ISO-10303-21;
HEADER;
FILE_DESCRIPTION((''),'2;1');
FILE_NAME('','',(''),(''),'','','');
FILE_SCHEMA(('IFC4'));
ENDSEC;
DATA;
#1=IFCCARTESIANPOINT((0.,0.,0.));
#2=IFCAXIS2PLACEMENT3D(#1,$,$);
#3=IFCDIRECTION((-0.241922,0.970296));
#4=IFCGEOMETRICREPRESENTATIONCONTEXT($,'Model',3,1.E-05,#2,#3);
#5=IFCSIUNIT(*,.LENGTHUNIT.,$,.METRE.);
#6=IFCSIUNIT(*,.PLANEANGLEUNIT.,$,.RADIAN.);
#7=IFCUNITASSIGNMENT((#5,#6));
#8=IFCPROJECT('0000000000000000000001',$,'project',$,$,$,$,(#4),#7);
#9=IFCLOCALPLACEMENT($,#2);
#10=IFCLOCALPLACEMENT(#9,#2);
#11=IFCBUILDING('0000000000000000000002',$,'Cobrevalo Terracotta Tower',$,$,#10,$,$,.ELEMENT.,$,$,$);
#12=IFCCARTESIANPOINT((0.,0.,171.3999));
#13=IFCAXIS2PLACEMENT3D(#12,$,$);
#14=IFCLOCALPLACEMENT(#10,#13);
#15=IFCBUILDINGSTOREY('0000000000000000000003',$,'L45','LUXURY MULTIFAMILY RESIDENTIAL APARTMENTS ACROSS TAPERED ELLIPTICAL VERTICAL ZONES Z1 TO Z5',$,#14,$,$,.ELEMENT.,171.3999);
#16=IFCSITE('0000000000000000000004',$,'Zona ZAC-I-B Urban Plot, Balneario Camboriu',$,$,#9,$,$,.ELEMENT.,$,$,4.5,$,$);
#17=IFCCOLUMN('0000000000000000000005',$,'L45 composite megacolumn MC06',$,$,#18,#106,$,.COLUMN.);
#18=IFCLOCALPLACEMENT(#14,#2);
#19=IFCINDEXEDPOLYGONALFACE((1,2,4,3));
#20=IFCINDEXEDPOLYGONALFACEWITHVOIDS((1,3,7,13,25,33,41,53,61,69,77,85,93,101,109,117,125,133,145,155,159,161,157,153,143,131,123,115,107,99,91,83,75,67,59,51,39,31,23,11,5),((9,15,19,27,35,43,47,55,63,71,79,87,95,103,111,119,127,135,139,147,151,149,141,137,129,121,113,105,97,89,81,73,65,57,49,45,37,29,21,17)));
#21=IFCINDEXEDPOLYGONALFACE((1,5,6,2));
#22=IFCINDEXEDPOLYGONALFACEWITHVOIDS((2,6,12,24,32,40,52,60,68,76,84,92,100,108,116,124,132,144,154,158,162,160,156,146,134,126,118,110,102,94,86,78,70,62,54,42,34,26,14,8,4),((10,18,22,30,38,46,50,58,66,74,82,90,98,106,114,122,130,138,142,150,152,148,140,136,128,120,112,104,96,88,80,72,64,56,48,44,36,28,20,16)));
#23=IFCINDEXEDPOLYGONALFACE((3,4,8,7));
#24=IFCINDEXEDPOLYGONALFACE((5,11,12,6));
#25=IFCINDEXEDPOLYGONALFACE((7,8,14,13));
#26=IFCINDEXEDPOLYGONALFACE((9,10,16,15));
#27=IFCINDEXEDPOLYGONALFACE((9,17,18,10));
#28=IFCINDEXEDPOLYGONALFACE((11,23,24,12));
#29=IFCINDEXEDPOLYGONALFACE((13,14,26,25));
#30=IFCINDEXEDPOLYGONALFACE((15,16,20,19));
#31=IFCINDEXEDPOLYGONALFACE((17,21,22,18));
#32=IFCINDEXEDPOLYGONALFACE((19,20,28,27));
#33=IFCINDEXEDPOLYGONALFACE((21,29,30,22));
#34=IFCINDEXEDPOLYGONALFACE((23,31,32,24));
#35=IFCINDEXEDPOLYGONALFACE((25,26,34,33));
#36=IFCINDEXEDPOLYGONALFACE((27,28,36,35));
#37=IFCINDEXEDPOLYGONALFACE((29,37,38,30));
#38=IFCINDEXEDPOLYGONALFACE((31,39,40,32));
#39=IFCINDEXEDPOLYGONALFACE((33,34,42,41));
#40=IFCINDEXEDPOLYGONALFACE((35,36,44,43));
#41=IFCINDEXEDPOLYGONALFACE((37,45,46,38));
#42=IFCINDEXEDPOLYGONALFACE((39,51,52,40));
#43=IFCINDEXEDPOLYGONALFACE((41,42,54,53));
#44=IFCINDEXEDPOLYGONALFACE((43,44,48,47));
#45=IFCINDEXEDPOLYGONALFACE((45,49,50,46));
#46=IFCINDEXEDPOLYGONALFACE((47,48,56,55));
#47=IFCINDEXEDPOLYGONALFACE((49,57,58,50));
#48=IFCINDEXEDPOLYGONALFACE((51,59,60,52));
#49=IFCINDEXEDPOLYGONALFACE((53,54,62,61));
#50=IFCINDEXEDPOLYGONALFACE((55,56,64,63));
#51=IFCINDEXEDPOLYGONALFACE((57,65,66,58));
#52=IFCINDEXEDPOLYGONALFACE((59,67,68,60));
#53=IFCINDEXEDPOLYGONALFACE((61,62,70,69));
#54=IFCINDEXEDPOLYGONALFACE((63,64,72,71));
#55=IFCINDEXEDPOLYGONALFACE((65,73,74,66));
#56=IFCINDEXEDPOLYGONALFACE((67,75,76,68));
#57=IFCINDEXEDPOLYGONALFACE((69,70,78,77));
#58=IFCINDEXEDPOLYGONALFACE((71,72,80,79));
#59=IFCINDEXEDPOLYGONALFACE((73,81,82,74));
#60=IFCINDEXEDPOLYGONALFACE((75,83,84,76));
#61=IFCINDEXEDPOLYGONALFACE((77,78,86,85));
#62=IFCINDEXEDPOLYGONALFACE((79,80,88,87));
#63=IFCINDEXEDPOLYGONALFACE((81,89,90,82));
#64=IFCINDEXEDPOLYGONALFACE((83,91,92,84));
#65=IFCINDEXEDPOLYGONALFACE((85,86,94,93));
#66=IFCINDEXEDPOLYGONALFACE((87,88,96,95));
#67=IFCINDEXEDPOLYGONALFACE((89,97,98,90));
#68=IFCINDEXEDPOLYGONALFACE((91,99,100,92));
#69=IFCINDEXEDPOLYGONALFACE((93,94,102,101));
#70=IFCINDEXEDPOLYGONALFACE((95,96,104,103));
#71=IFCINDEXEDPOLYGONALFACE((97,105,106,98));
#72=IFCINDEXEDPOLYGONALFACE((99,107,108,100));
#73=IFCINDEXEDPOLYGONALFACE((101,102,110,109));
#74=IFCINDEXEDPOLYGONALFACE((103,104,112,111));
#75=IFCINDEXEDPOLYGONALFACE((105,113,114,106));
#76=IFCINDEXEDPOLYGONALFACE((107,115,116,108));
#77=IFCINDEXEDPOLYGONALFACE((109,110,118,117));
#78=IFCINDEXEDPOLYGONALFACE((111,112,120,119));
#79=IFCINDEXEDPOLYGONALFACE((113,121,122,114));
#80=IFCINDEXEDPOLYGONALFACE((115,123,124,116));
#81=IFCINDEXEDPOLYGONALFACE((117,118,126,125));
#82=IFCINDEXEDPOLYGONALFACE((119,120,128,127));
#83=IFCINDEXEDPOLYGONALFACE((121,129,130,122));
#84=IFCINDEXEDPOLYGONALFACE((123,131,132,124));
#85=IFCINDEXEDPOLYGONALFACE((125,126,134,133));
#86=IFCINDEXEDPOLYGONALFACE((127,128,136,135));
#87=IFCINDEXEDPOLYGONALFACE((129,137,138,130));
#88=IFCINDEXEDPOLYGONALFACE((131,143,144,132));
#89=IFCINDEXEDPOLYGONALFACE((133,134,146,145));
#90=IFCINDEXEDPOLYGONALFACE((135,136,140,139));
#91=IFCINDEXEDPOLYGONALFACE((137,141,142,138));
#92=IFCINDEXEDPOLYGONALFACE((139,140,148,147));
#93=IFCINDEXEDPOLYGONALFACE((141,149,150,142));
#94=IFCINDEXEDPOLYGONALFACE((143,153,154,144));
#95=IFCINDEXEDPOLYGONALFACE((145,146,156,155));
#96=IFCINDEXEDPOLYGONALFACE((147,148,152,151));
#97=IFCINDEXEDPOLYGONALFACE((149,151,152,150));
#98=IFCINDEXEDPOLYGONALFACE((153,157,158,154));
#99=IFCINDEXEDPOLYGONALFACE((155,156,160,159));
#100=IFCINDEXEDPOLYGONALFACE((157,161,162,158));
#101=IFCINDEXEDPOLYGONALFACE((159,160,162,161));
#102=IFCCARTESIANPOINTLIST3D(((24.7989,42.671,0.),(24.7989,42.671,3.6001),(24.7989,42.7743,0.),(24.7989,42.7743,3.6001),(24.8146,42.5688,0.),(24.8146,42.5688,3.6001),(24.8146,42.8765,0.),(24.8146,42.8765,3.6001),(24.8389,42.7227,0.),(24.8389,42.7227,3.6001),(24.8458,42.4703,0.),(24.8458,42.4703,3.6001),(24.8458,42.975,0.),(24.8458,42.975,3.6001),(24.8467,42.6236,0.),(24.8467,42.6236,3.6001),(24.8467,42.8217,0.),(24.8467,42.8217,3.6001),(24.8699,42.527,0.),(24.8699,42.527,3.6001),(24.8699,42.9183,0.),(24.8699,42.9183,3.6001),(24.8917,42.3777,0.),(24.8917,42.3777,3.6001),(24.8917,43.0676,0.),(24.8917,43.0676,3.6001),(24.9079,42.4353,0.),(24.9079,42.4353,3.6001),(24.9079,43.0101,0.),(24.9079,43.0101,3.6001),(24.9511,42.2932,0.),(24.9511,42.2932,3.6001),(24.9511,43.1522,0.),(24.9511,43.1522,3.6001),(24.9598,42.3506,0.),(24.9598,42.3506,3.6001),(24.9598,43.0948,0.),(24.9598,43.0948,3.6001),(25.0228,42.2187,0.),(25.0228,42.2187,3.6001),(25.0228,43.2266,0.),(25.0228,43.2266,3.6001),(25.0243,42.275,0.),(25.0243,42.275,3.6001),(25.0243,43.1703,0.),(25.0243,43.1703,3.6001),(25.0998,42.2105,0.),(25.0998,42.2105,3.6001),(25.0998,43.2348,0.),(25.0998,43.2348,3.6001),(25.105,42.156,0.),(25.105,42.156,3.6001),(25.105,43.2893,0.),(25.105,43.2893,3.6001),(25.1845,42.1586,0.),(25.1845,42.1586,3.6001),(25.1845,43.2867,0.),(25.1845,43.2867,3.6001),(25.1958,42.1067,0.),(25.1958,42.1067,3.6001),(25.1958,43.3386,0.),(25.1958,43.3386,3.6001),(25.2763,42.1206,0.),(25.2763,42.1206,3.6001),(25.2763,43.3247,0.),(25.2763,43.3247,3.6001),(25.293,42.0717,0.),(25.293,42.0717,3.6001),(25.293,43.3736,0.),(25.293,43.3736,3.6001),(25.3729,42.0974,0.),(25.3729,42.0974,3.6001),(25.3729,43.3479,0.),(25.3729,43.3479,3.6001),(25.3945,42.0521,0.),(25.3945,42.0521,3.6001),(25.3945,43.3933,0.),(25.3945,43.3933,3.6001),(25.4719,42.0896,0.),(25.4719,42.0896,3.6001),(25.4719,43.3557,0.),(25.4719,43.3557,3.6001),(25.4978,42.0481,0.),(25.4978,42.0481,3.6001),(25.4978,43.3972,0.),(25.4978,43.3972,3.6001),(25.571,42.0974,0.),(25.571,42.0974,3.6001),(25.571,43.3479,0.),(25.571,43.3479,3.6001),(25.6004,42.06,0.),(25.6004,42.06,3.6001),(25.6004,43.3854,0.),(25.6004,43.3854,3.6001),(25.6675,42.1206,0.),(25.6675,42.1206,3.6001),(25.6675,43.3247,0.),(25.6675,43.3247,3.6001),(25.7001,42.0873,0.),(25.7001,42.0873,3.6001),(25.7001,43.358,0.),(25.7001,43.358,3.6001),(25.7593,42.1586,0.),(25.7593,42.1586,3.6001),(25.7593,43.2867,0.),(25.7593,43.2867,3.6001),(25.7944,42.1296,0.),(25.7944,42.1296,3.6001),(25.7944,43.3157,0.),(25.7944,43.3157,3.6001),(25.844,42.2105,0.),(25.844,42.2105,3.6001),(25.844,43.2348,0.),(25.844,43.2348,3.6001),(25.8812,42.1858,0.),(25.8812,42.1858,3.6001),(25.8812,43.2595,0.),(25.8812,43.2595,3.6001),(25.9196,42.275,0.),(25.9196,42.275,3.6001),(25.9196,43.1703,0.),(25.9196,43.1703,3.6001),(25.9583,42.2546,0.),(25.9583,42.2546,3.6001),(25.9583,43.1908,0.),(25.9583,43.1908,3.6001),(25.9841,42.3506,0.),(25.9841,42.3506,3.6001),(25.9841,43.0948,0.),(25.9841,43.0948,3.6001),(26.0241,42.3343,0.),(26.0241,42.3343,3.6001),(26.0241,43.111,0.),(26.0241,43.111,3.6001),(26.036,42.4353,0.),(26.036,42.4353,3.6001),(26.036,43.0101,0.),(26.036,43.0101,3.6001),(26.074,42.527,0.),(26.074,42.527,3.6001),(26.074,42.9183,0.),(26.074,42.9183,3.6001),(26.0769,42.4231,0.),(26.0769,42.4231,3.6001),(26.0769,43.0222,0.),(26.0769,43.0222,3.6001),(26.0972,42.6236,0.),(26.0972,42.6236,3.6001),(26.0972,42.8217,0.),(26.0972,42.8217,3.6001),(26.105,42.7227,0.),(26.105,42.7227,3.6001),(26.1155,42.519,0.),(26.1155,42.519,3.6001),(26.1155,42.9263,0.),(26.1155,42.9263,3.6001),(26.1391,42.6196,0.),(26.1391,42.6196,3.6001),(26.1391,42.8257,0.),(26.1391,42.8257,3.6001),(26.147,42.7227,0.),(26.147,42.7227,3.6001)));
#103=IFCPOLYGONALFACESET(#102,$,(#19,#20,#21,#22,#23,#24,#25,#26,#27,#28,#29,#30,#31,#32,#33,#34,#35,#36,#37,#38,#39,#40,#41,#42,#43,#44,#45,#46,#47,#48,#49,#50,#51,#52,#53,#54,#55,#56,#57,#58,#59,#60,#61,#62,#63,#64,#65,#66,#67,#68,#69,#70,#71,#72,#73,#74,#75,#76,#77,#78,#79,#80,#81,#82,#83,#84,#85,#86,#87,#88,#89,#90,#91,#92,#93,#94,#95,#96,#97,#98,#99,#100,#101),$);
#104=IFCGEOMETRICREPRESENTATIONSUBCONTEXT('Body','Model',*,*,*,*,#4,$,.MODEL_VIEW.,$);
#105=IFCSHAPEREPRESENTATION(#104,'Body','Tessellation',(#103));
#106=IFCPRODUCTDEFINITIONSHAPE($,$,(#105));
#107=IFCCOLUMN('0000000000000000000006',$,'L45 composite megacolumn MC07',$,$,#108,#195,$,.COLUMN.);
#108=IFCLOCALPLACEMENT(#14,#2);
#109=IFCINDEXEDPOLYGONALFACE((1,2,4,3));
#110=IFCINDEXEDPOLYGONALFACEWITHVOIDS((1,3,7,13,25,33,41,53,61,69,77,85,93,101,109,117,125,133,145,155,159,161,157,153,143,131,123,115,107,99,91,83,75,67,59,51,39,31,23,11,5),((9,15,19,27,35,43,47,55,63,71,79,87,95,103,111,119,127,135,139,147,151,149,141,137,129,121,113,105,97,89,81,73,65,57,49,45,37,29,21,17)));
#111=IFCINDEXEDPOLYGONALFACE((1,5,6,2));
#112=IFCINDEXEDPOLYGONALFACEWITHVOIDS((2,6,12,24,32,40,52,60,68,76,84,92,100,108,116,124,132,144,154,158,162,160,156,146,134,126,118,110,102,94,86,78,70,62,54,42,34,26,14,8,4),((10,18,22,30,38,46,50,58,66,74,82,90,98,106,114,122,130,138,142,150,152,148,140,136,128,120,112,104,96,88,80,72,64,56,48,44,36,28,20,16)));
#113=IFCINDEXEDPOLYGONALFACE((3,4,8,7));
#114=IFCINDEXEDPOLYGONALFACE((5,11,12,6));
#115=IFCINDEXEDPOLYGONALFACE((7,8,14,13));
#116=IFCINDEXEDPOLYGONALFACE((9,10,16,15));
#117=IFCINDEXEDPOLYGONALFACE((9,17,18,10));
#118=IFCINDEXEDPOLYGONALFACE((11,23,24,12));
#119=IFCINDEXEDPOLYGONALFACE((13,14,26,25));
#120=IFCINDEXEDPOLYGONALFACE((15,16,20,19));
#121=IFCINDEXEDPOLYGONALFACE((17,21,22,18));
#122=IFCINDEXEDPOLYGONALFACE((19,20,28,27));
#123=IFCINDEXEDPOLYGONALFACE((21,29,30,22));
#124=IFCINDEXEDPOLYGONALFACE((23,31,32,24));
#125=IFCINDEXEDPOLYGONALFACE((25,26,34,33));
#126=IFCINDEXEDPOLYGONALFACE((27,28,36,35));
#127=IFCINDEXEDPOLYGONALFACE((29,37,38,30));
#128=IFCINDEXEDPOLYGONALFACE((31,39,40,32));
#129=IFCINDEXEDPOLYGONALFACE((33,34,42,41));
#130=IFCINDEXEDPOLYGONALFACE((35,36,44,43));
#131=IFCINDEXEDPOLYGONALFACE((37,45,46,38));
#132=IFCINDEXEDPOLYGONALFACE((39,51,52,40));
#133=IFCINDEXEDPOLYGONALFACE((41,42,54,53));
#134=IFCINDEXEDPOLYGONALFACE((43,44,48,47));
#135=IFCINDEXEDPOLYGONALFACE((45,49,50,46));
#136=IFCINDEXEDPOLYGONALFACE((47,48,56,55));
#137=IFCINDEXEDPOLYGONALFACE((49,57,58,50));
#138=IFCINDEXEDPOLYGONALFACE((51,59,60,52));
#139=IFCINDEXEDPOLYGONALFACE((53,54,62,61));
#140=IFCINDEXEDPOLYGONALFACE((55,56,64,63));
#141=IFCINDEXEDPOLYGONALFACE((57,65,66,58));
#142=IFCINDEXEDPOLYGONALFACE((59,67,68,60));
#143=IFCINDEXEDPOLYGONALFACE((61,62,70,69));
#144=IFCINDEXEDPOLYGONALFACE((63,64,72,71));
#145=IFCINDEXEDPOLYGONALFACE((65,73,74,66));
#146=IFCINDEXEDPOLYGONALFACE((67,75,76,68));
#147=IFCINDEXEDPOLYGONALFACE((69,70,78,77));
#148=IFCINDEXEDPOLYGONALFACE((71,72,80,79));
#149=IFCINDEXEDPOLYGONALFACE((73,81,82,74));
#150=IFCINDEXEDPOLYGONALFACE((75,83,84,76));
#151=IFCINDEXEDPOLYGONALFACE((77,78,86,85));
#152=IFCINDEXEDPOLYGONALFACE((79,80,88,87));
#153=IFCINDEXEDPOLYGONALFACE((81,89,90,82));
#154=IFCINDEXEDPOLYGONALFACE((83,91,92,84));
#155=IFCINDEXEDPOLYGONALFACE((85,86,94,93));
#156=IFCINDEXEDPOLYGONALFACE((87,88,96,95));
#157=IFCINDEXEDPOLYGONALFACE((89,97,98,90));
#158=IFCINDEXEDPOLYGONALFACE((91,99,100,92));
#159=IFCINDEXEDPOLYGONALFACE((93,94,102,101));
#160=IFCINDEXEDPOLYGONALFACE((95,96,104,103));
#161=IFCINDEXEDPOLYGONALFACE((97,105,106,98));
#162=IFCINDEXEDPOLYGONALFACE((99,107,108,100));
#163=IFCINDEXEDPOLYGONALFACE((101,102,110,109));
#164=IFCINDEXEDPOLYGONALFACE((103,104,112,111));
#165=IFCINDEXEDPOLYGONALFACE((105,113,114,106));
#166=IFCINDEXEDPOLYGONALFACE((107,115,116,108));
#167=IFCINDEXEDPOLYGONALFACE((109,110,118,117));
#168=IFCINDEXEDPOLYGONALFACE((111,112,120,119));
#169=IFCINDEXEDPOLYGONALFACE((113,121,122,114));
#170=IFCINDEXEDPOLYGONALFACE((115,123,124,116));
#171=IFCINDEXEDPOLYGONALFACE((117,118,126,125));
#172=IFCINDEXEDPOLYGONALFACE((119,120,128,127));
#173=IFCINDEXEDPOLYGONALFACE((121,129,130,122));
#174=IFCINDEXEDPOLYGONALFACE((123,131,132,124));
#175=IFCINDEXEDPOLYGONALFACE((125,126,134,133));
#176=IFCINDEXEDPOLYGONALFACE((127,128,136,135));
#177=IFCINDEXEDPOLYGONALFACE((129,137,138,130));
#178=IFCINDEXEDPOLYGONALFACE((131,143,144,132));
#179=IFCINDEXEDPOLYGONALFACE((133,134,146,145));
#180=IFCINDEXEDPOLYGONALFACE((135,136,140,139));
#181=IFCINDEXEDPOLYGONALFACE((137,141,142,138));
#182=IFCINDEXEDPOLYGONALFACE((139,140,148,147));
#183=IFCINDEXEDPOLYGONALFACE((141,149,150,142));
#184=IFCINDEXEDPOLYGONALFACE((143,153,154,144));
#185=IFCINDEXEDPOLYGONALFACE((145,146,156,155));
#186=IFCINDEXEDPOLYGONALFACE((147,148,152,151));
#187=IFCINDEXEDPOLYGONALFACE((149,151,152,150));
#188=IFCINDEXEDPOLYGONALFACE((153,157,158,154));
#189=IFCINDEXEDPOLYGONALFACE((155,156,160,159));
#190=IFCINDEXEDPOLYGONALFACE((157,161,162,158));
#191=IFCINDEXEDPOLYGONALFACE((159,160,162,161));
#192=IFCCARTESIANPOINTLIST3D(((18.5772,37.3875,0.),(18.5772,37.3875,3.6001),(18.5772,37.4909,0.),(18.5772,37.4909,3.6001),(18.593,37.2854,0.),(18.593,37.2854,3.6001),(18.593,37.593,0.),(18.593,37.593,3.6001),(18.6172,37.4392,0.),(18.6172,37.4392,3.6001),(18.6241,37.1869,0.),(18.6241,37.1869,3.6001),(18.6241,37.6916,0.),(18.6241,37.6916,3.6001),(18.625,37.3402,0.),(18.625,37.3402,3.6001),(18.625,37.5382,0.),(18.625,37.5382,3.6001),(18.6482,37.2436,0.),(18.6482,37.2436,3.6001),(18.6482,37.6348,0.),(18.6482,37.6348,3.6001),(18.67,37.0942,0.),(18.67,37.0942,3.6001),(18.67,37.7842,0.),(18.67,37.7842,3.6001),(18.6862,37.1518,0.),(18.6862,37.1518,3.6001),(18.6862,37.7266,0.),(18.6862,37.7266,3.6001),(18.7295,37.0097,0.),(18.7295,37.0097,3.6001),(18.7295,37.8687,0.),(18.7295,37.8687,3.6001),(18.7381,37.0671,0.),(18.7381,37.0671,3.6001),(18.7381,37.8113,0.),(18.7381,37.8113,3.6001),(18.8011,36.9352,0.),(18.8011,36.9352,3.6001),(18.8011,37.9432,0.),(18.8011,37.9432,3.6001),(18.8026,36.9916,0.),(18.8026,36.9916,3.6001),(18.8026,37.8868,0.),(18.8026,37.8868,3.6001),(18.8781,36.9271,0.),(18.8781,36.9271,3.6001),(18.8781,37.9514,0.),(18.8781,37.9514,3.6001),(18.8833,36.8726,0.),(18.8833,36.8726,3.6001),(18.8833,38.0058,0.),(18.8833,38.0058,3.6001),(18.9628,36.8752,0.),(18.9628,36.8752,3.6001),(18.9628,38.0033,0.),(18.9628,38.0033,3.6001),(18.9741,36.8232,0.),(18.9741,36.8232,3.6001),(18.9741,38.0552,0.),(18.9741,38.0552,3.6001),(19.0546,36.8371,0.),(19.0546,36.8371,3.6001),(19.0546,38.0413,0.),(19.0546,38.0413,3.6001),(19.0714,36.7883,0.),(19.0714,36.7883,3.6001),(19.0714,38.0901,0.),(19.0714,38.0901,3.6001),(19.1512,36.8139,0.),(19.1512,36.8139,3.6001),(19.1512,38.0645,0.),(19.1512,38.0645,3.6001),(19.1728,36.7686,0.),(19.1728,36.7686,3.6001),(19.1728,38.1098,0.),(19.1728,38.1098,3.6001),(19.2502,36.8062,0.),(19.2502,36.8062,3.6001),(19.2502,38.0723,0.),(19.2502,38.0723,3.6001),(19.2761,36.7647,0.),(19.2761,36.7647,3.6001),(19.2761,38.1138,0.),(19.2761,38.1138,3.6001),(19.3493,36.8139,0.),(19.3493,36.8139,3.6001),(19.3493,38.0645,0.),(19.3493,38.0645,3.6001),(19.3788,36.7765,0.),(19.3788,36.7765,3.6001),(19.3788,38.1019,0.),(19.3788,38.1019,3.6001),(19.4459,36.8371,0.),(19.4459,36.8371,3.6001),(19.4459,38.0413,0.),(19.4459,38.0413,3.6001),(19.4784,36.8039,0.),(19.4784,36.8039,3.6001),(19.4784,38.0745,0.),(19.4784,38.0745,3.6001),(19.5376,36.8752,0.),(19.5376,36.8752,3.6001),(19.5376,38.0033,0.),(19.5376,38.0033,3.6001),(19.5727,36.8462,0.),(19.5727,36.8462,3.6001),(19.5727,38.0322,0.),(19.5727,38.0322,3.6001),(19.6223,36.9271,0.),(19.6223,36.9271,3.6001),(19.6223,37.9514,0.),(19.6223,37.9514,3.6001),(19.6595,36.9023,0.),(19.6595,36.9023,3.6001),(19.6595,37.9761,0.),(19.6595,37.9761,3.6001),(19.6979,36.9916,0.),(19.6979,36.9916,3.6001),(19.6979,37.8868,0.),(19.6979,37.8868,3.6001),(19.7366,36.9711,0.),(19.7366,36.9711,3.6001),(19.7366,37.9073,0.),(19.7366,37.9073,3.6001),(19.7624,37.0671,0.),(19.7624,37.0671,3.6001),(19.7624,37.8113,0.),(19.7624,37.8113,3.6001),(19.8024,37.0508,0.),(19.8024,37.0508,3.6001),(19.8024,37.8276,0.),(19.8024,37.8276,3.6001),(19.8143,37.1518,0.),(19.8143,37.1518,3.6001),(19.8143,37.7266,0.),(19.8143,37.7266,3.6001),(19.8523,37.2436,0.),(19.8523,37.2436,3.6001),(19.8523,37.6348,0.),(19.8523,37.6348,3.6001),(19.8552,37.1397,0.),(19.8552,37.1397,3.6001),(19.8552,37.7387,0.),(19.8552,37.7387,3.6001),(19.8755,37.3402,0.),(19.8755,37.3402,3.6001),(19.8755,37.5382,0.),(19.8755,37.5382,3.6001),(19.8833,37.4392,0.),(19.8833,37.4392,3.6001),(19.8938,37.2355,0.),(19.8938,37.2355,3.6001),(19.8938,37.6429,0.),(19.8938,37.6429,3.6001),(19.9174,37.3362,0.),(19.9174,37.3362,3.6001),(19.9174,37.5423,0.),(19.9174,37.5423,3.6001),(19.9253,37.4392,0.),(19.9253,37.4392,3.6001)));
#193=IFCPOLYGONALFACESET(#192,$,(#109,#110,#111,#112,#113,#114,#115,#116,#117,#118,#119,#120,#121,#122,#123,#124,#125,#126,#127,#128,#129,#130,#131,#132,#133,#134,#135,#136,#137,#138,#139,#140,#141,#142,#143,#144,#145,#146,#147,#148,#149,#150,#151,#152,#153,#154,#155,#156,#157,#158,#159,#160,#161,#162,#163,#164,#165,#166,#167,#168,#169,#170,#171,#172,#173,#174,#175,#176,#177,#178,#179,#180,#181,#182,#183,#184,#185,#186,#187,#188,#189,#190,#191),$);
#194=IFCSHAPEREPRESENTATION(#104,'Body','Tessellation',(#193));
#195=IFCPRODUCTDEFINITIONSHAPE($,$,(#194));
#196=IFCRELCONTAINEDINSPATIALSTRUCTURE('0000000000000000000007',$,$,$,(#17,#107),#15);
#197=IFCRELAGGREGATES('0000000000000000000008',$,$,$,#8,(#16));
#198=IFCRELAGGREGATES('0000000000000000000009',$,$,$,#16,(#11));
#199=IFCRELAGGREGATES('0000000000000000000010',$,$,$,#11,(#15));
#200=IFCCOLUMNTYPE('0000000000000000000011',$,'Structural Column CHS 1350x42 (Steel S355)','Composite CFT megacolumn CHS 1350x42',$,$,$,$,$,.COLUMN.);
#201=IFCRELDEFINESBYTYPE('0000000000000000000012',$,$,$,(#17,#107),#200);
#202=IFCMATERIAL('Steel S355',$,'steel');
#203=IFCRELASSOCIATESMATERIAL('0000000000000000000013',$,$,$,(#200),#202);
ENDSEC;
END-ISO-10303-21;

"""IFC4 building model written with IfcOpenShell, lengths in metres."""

from ifc_helpers import new_model, si_unit, direction, frame, origin, origin_2d, place, context, subcontext, project, spatial, hollow_circle, extrude, material, material_profile, profile_set, type_object, element, save


model = new_model("IFC4")

# Units and contexts
model_context = context("Model", 3, precision=1e-05, world=origin(), true_north=direction((-0.241922, 0.970296)))
body_context = subcontext(model_context, "Body", "Model", "MODEL_VIEW")
ifc_project = project(units=[si_unit("LENGTHUNIT", "METRE"), si_unit("PLANEANGLEUNIT", "RADIAN")], contexts=[model_context])

# Site, building, storey
site_placement = place(None, origin())
site = spatial("IfcSite", under=ifc_project, at=site_placement, Name="Zona ZAC-I-B Urban Plot, Balneario Camboriu", CompositionType="ELEMENT", RefElevation=4.5)
building_placement = place(site_placement, origin())
building = spatial("IfcBuilding", under=site, at=building_placement, Name="Cobrevalo Terracotta Tower", CompositionType="ELEMENT")
storey_placement = place(building_placement, frame((0.0, 0.0, 171.3999)))
storey = spatial("IfcBuildingStorey", under=building, at=storey_placement, Name="L45", Description="LUXURY MULTIFAMILY RESIDENTIAL APARTMENTS ACROSS TAPERED ELLIPTICAL VERTICAL ZONES Z1 TO Z5", CompositionType="ELEMENT", Elevation=171.3999)

# Columns
ifc_material_1 = material(Name="Steel S355", Category="steel")
ifc_material_profile_1 = material_profile(ifc_material_1, hollow_circle(Radius=0.675, WallThickness=0.042, at=origin_2d()), Name="CHS 1350x42")
ifc_profile_set_1 = profile_set([ifc_material_profile_1], Name="Steel S355")
column_type = type_object("IfcColumnType", Name="Structural Column CHS 1350x42 (Steel S355)", Description="Composite CFT megacolumn CHS 1350x42", PredefinedType="COLUMN", material=ifc_profile_set_1)
for number, where, z_axis, x_axis, name in (
    (1, (25.4719, 42.7227, 0.0), (0.0, 0.0, 1.0), (1.0, 0.0, 0.0), "L45 composite megacolumn MC06"),
    (2, (19.2502, 37.4392, 0.0), (0.0, 0.0, 1.0), (1.0, 0.0, 0.0), "L45 composite megacolumn MC07"),
):
    element("IfcColumn", number, at=place(storey_placement, frame(where, z_axis=z_axis, x_axis=x_axis)), inside=storey, type_object=column_type, Name=name, PredefinedType="COLUMN", context=body_context, shape_type="SweptSolid", body=[
        extrude(hollow_circle(Radius=0.675, WallThickness=0.042, at=origin_2d()), origin(), (0.0, 0.0, 1.0), 3.6001),
    ])

save(model, "model.ifc")
